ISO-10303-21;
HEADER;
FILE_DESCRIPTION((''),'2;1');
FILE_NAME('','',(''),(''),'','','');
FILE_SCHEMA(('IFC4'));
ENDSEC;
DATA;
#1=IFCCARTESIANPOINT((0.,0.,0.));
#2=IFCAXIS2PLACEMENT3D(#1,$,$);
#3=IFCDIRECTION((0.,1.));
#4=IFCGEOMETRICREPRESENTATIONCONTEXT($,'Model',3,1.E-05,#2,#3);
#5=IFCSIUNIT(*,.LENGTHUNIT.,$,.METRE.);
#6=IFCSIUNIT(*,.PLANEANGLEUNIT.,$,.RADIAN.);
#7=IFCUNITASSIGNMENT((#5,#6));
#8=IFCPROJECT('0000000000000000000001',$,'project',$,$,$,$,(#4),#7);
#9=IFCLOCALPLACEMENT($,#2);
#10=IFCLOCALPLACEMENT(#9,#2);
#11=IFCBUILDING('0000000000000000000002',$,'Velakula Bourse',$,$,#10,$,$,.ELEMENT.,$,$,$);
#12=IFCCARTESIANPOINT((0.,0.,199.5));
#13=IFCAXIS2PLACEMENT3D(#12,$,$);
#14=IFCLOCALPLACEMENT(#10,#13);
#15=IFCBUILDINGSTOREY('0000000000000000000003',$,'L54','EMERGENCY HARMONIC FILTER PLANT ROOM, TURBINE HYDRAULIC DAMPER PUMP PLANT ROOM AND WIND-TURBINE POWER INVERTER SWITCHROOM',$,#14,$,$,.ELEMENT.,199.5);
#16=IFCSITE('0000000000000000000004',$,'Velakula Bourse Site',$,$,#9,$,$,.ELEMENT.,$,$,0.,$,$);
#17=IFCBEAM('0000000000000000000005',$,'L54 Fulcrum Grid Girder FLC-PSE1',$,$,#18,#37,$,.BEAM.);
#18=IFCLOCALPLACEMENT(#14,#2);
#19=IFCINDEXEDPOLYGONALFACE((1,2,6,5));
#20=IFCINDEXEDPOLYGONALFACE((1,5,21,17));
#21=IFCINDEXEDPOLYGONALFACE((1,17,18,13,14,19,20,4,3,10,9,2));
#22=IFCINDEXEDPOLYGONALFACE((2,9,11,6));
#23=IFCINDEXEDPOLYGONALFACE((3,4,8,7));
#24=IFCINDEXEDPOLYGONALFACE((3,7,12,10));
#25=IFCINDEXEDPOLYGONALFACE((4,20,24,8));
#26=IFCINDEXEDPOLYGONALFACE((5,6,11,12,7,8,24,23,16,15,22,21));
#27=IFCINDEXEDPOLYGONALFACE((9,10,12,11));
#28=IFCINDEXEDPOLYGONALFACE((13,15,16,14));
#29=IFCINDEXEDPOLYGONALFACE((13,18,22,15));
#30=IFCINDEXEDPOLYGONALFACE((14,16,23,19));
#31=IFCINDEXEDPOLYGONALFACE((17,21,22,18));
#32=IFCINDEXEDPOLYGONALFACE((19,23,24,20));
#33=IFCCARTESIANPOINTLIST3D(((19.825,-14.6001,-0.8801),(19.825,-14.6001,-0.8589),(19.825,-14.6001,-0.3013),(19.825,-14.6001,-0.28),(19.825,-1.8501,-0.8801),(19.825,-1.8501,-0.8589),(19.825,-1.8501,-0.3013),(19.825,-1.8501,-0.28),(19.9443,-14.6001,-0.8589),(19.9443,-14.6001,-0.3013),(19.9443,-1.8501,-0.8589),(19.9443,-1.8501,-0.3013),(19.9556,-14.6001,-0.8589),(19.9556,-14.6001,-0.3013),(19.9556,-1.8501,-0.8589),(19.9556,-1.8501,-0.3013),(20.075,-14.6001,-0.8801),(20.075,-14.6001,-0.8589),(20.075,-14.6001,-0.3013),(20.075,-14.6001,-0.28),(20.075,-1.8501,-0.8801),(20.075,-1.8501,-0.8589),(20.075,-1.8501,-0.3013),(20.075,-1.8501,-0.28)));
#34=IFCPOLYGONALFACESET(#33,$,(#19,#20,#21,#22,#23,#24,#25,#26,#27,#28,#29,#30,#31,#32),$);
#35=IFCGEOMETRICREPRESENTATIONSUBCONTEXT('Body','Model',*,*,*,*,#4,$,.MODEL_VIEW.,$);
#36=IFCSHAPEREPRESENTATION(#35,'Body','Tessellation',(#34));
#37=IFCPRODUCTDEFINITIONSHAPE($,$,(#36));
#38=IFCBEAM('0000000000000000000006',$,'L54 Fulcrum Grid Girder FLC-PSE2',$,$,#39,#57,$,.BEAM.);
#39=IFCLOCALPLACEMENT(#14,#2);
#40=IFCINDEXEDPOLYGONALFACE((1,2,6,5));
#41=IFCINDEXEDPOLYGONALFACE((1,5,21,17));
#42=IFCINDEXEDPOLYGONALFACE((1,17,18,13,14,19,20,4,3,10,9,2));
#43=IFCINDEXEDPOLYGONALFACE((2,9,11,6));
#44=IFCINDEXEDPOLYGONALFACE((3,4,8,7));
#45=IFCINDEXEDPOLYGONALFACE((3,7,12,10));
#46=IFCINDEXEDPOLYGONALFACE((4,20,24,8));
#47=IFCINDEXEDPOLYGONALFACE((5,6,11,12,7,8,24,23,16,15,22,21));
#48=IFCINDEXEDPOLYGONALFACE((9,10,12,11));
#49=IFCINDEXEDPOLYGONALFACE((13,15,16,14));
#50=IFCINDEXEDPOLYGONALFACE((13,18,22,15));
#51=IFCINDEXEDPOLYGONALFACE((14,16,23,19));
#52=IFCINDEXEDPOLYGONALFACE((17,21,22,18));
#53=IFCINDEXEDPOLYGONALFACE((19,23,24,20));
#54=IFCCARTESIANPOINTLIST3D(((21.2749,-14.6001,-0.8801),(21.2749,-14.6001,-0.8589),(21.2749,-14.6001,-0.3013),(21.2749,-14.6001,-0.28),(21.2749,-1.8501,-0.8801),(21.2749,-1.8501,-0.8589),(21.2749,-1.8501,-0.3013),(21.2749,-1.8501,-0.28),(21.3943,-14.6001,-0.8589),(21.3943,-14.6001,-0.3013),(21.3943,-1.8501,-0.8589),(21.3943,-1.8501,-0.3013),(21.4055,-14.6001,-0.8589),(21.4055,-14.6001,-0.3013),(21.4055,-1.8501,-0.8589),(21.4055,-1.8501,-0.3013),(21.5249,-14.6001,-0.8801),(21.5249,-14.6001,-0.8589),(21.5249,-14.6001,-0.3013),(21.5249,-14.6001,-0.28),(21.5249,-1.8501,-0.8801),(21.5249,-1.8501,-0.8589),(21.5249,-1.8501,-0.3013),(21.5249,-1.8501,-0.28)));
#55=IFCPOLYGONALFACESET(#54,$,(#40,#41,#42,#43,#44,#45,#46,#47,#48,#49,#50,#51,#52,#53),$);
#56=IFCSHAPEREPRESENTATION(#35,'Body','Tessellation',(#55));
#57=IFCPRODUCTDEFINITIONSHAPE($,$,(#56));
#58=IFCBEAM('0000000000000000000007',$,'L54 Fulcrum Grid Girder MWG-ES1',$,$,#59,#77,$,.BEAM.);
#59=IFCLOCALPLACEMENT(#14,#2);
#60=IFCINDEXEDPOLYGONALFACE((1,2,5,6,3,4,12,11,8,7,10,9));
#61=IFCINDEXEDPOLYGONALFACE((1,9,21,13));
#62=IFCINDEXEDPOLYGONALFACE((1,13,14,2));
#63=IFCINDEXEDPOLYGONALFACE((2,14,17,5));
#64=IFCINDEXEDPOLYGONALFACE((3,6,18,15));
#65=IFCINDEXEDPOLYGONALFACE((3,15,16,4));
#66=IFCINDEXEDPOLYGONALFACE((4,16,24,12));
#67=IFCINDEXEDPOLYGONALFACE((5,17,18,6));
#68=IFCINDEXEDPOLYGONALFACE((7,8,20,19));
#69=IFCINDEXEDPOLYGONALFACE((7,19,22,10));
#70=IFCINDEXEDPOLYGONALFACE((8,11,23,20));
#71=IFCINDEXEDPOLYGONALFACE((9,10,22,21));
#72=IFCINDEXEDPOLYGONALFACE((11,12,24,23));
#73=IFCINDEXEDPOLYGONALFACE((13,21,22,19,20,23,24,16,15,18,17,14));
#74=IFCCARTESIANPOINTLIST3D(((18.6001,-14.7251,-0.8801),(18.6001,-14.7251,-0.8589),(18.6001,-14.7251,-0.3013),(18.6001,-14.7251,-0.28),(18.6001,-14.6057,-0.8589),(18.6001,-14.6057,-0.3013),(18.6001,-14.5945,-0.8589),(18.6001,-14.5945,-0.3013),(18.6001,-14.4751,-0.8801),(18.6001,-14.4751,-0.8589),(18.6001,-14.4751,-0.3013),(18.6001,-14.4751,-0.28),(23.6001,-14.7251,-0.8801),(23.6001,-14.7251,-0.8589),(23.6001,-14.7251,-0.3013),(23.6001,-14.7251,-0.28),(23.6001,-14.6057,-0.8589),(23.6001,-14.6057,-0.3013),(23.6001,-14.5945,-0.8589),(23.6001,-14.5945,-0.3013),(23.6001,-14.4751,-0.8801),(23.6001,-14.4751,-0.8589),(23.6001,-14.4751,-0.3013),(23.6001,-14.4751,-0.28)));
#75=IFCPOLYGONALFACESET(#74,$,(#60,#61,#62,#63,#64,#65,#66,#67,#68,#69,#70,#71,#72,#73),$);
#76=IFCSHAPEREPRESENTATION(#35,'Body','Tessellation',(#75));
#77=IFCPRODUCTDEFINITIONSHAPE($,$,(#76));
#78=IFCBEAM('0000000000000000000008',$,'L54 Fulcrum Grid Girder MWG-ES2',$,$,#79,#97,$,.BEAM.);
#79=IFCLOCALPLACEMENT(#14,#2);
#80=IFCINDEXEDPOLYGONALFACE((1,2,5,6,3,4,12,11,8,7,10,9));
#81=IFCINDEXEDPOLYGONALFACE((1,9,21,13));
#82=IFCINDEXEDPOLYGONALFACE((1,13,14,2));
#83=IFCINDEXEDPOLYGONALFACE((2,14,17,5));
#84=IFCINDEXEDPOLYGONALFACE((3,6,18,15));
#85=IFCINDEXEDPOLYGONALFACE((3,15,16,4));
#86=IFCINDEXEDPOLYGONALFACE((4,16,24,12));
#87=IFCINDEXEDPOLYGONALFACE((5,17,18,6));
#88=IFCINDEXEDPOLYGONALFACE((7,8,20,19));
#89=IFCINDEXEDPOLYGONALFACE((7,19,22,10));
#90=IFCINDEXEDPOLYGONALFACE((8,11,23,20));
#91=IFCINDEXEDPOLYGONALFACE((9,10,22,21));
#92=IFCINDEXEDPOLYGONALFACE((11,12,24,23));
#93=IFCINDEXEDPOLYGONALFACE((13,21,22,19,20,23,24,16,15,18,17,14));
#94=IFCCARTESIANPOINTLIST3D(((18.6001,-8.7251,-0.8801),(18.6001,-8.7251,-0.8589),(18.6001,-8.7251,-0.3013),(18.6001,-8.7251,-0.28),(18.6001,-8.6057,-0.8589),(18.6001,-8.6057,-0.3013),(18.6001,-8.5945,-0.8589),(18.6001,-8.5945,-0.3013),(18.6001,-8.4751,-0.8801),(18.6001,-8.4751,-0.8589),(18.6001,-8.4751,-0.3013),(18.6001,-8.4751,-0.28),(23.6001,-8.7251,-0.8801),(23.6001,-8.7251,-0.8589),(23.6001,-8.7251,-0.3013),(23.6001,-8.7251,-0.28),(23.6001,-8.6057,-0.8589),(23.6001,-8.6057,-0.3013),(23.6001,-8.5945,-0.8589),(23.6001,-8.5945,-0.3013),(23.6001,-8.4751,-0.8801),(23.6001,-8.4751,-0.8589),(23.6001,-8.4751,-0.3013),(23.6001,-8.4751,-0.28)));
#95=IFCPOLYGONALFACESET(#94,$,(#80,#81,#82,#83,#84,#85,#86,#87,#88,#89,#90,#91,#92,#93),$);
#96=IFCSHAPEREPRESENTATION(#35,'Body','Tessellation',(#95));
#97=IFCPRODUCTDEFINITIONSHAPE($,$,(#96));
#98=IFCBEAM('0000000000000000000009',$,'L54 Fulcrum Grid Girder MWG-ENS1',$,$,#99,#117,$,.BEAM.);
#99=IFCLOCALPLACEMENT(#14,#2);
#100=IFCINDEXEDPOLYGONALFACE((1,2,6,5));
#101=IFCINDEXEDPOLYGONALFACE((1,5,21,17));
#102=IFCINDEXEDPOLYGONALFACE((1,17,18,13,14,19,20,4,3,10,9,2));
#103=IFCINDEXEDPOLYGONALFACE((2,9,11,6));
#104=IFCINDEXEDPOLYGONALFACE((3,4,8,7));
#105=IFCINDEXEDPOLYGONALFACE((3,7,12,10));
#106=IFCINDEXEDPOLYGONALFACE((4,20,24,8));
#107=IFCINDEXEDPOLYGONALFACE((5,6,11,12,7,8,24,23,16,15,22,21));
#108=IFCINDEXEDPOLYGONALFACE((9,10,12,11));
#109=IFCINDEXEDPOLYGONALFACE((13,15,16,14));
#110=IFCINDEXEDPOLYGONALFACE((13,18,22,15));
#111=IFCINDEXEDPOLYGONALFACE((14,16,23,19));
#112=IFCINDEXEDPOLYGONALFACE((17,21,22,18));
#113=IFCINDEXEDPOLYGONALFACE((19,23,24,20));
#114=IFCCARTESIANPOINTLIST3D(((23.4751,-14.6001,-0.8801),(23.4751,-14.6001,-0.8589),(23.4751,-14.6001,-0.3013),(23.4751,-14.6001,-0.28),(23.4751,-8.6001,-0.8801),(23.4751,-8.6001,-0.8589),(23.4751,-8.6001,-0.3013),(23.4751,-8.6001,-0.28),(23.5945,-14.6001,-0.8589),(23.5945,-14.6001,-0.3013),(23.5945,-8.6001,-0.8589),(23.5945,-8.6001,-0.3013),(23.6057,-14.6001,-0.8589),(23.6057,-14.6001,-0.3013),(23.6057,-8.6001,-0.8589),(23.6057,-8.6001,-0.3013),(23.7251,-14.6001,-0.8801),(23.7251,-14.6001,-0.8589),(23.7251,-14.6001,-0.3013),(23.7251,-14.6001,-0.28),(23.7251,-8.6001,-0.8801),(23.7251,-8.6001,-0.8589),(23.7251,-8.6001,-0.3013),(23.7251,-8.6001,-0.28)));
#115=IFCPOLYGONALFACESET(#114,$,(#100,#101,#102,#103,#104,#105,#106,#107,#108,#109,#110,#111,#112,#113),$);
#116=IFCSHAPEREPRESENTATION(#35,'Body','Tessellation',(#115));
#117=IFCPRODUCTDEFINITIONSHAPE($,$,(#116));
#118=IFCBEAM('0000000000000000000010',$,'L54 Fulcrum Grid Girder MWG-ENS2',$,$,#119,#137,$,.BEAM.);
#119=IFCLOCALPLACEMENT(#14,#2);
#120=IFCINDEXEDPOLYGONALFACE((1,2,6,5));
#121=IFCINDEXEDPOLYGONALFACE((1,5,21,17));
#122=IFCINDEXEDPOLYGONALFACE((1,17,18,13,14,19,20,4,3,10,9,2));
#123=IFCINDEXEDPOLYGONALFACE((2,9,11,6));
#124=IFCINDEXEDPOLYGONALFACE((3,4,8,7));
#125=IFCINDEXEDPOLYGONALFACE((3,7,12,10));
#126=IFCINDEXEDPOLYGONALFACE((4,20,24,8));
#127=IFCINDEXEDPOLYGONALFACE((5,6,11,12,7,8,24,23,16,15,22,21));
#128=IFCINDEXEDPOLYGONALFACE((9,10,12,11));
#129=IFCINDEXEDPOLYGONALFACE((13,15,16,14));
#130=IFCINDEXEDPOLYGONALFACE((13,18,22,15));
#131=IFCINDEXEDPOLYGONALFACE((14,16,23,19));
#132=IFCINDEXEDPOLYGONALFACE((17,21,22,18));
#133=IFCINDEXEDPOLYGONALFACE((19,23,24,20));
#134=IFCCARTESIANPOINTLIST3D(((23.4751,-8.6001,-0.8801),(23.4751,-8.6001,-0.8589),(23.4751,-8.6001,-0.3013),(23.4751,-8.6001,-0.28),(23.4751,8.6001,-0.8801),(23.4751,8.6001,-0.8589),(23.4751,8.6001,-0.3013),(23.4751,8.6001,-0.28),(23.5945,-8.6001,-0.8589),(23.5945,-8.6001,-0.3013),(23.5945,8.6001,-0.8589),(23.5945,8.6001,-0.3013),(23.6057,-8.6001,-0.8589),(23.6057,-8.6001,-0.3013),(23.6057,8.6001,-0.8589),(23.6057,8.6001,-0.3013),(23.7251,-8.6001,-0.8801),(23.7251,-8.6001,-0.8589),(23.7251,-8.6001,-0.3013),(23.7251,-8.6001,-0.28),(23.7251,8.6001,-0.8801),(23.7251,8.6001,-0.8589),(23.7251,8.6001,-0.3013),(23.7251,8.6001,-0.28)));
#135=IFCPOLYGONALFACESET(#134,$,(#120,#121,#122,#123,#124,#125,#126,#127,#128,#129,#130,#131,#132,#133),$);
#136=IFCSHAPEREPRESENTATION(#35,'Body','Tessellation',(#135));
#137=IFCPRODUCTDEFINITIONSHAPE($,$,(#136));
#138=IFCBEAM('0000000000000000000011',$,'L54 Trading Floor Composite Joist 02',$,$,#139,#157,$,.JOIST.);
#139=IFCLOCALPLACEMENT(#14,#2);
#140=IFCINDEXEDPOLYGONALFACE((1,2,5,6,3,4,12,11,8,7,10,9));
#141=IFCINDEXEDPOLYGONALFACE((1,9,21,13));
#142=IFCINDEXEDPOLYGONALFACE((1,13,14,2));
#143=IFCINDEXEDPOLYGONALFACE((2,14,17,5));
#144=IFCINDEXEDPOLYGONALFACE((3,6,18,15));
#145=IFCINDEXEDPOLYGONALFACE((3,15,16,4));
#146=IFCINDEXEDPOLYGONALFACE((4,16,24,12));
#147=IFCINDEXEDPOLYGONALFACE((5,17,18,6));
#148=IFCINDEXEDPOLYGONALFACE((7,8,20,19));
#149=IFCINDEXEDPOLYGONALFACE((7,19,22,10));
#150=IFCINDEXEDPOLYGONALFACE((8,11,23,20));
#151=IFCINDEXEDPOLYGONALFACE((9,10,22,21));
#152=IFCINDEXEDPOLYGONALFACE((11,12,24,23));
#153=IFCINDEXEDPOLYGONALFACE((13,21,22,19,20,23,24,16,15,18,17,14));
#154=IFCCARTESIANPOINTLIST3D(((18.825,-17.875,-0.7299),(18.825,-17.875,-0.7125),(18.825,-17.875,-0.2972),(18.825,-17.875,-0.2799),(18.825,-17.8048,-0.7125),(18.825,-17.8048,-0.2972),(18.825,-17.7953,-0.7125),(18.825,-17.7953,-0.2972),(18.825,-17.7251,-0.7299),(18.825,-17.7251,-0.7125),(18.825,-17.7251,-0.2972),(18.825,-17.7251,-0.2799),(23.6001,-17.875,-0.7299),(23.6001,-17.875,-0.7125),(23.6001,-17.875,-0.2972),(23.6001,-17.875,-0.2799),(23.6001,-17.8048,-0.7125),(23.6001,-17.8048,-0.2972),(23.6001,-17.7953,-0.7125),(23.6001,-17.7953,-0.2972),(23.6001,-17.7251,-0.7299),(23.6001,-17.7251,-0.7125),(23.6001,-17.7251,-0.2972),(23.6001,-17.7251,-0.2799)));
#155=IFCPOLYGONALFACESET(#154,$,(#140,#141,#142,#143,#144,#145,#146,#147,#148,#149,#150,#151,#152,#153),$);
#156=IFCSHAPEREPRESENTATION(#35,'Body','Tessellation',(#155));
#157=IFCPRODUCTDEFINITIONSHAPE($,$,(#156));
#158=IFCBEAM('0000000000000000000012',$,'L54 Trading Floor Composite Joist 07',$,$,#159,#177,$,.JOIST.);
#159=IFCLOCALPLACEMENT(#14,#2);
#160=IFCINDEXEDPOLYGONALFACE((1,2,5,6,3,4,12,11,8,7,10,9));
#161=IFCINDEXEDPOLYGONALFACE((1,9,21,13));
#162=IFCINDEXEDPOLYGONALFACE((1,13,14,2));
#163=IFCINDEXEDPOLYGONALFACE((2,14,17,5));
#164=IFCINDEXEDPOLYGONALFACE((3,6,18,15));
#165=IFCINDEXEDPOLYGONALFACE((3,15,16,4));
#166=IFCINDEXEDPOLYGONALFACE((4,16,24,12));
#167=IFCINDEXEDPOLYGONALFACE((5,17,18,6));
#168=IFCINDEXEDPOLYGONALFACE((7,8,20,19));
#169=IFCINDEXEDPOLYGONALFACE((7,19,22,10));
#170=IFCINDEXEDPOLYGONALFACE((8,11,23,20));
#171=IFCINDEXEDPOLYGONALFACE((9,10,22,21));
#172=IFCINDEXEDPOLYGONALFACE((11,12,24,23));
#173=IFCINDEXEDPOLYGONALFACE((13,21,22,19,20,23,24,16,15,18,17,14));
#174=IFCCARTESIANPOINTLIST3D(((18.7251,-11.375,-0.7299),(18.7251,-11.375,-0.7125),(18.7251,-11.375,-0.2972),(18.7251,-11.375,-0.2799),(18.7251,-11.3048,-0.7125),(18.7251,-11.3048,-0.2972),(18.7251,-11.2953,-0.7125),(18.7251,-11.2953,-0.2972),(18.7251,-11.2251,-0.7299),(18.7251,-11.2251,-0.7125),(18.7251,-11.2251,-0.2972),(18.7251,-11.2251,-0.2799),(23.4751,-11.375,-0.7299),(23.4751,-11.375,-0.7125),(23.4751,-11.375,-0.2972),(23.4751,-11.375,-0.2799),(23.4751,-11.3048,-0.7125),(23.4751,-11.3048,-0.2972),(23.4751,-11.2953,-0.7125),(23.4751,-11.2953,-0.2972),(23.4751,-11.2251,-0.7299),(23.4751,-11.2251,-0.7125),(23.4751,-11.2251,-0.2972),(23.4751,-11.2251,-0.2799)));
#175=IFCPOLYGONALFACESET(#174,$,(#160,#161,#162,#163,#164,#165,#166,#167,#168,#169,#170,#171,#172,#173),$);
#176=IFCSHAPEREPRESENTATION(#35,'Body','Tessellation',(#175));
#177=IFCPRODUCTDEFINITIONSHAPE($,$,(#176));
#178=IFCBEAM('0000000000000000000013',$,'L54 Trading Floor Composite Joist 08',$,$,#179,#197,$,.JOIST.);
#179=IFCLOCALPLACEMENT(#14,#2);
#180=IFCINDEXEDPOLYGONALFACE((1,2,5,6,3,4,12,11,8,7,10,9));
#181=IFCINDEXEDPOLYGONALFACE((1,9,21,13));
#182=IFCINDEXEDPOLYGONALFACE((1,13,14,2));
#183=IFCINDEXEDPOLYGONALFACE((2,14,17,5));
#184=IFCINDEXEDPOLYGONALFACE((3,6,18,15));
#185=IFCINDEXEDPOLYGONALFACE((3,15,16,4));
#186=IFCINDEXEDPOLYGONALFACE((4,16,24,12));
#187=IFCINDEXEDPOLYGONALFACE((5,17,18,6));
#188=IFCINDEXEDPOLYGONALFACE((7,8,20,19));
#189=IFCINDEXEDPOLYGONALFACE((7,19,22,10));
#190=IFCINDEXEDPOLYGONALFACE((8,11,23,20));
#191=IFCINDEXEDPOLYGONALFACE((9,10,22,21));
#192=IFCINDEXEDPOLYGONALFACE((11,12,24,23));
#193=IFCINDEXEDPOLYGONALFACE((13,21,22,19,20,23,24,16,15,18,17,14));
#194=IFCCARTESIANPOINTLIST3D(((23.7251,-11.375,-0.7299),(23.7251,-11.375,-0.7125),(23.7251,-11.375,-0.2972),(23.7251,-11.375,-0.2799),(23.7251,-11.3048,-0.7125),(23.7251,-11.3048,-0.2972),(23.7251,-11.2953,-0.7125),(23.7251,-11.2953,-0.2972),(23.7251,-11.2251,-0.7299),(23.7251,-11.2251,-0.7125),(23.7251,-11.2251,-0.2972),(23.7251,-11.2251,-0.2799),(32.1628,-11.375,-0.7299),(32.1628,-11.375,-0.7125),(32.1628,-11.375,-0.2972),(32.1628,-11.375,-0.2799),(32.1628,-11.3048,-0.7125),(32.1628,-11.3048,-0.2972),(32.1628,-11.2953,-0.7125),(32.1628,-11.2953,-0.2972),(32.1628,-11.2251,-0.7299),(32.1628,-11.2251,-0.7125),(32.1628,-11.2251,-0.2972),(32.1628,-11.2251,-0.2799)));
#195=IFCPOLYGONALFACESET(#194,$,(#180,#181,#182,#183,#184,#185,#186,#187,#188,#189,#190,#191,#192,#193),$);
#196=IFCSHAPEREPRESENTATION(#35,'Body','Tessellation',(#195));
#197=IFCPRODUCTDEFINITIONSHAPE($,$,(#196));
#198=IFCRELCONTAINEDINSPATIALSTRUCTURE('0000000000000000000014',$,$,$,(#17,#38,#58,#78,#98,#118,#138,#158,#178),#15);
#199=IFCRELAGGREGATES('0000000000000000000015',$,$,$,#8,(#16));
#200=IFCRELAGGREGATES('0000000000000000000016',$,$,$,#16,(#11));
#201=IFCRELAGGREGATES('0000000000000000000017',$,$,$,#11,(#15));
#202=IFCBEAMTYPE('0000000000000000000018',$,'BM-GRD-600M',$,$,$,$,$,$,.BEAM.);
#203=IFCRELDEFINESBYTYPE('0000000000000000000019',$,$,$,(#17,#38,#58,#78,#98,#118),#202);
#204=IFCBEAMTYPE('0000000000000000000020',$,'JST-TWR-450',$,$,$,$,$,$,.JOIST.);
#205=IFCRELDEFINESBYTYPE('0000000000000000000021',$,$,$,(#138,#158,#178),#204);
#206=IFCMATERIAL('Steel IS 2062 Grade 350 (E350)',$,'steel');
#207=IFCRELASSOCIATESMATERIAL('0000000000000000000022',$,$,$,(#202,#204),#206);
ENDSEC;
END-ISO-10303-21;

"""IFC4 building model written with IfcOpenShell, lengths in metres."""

from ifc_helpers import new_model, si_unit, direction, frame, origin, origin_2d, place, context, subcontext, project, spatial, i_section, extrude, material, material_profile, profile_set, type_object, element, save


model = new_model("IFC4")

# Units and contexts
model_context = context("Model", 3, precision=1e-05, world=origin(), true_north=direction((0.0, 1.0)))
body_context = subcontext(model_context, "Body", "Model", "MODEL_VIEW")
ifc_project = project(units=[si_unit("LENGTHUNIT", "METRE"), si_unit("PLANEANGLEUNIT", "RADIAN")], contexts=[model_context])

# Site, building, storey
site_placement = place(None, origin())
site = spatial("IfcSite", under=ifc_project, at=site_placement, Name="Velakula Bourse Site", CompositionType="ELEMENT", RefElevation=0.0)
building_placement = place(site_placement, origin())
building = spatial("IfcBuilding", under=site, at=building_placement, Name="Velakula Bourse", CompositionType="ELEMENT")
storey_placement = place(building_placement, frame((0.0, 0.0, 199.5)))
storey = spatial("IfcBuildingStorey", under=building, at=storey_placement, Name="L54", Description="EMERGENCY HARMONIC FILTER PLANT ROOM, TURBINE HYDRAULIC DAMPER PUMP PLANT ROOM AND WIND-TURBINE POWER INVERTER SWITCHROOM", CompositionType="ELEMENT", Elevation=199.5)

# Shared definitions
ifc_material_1 = material(Name="Steel IS 2062 Grade 350 (E350)", Category="steel")

# Beams
ifc_material_profile_1 = material_profile(ifc_material_1, i_section(OverallWidth=0.25, OverallDepth=0.6001, WebThickness=0.0112, FlangeThickness=0.0212, at=origin_2d()), Name="Steel IS 2062 Grade 350 (E350)")
ifc_profile_set_1 = profile_set([ifc_material_profile_1], Name="Steel IS 2062 Grade 350 (E350)")
beam_type_1 = type_object("IfcBeamType", Name="BM-GRD-600M", PredefinedType="BEAM", material=ifc_profile_set_1)
for number, where, z_axis, x_axis, name in (
    (1, (19.95, -14.6001, -0.5801), (0.0, 1.0, 0.0), (-1.0, 0.0, 0.0), "L54 Fulcrum Grid Girder FLC-PSE1"),
    (2, (21.3999, -14.6001, -0.5801), (0.0, 1.0, 0.0), (-1.0, 0.0, 0.0), "L54 Fulcrum Grid Girder FLC-PSE2"),
):
    element("IfcBeam", number, at=place(storey_placement, frame(where, z_axis=z_axis, x_axis=x_axis)), inside=storey, type_object=beam_type_1, Name=name, PredefinedType="BEAM", context=body_context, shape_type="SweptSolid", body=[
        extrude(i_section(OverallWidth=0.25, OverallDepth=0.6001, WebThickness=0.0112, FlangeThickness=0.0212, at=origin_2d()), origin(), (0.0, 0.0, 1.0), 12.75),
    ])
for number, where, z_axis, x_axis, name in (
    (3, (18.6001, -14.6001, -0.5801), (1.0, 0.0, 0.0), (0.0, 1.0, 0.0), "L54 Fulcrum Grid Girder MWG-ES1"),
    (4, (18.6001, -8.6001, -0.5801), (1.0, 0.0, 0.0), (0.0, 1.0, 0.0), "L54 Fulcrum Grid Girder MWG-ES2"),
):
    element("IfcBeam", number, at=place(storey_placement, frame(where, z_axis=z_axis, x_axis=x_axis)), inside=storey, type_object=beam_type_1, Name=name, PredefinedType="BEAM", context=body_context, shape_type="SweptSolid", body=[
        extrude(i_section(OverallWidth=0.25, OverallDepth=0.6001, WebThickness=0.0112, FlangeThickness=0.0212, at=origin_2d()), origin(), (0.0, 0.0, 1.0), 5.0),
    ])
beam_1_placement = place(storey_placement, frame((23.6001, -14.6001, -0.5801), z_axis=(0.0, 1.0, 0.0), x_axis=(-1.0, 0.0, 0.0)))
element("IfcBeam", 5, at=beam_1_placement, inside=storey, type_object=beam_type_1, Name="L54 Fulcrum Grid Girder MWG-ENS1", PredefinedType="BEAM", context=body_context, shape_type="SweptSolid", body=[
    extrude(i_section(OverallWidth=0.25, OverallDepth=0.6001, WebThickness=0.0112, FlangeThickness=0.0212, at=origin_2d()), origin(), (0.0, 0.0, 1.0), 6.0),
])
beam_2_placement = place(storey_placement, frame((23.6001, -8.6001, -0.5801), z_axis=(0.0, 1.0, 0.0), x_axis=(-1.0, 0.0, 0.0)))
element("IfcBeam", 6, at=beam_2_placement, inside=storey, type_object=beam_type_1, Name="L54 Fulcrum Grid Girder MWG-ENS2", PredefinedType="BEAM", context=body_context, shape_type="SweptSolid", body=[
    extrude(i_section(OverallWidth=0.25, OverallDepth=0.6001, WebThickness=0.0112, FlangeThickness=0.0212, at=origin_2d()), origin(), (0.0, 0.0, 1.0), 17.2002),
])
ifc_material_profile_2 = material_profile(ifc_material_1, i_section(OverallWidth=0.1499, OverallDepth=0.45, WebThickness=0.0095, FlangeThickness=0.0173, at=origin_2d()), Name="Steel IS 2062 Grade 350 (E350)")
ifc_profile_set_2 = profile_set([ifc_material_profile_2], Name="Steel IS 2062 Grade 350 (E350)")
beam_type_2 = type_object("IfcBeamType", Name="JST-TWR-450", PredefinedType="JOIST", material=ifc_profile_set_2)
beam_3_placement = place(storey_placement, frame((18.825, -17.8, -0.5049), z_axis=(1.0, 0.0, 0.0), x_axis=(0.0, 1.0, 0.0)))
element("IfcBeam", 7, at=beam_3_placement, inside=storey, type_object=beam_type_2, Name="L54 Trading Floor Composite Joist 02", PredefinedType="JOIST", context=body_context, shape_type="SweptSolid", body=[
    extrude(i_section(OverallWidth=0.1499, OverallDepth=0.45, WebThickness=0.0095, FlangeThickness=0.0173, at=origin_2d()), origin(), (0.0, 0.0, 1.0), 4.7751),
])
beam_4_placement = place(storey_placement, frame((18.7251, -11.3, -0.5049), z_axis=(1.0, 0.0, 0.0), x_axis=(0.0, 1.0, 0.0)))
element("IfcBeam", 8, at=beam_4_placement, inside=storey, type_object=beam_type_2, Name="L54 Trading Floor Composite Joist 07", PredefinedType="JOIST", context=body_context, shape_type="SweptSolid", body=[
    extrude(i_section(OverallWidth=0.1499, OverallDepth=0.45, WebThickness=0.0095, FlangeThickness=0.0173, at=origin_2d()), origin(), (0.0, 0.0, 1.0), 4.75),
])
beam_5_placement = place(storey_placement, frame((23.7251, -11.3, -0.5049), z_axis=(1.0, 0.0, 0.0), x_axis=(0.0, 1.0, 0.0)))
element("IfcBeam", 9, at=beam_5_placement, inside=storey, type_object=beam_type_2, Name="L54 Trading Floor Composite Joist 08", PredefinedType="JOIST", context=body_context, shape_type="SweptSolid", body=[
    extrude(i_section(OverallWidth=0.1499, OverallDepth=0.45, WebThickness=0.0095, FlangeThickness=0.0173, at=origin_2d()), origin(), (0.0, 0.0, 1.0), 8.4377),
])

save(model, "model.ifc")
